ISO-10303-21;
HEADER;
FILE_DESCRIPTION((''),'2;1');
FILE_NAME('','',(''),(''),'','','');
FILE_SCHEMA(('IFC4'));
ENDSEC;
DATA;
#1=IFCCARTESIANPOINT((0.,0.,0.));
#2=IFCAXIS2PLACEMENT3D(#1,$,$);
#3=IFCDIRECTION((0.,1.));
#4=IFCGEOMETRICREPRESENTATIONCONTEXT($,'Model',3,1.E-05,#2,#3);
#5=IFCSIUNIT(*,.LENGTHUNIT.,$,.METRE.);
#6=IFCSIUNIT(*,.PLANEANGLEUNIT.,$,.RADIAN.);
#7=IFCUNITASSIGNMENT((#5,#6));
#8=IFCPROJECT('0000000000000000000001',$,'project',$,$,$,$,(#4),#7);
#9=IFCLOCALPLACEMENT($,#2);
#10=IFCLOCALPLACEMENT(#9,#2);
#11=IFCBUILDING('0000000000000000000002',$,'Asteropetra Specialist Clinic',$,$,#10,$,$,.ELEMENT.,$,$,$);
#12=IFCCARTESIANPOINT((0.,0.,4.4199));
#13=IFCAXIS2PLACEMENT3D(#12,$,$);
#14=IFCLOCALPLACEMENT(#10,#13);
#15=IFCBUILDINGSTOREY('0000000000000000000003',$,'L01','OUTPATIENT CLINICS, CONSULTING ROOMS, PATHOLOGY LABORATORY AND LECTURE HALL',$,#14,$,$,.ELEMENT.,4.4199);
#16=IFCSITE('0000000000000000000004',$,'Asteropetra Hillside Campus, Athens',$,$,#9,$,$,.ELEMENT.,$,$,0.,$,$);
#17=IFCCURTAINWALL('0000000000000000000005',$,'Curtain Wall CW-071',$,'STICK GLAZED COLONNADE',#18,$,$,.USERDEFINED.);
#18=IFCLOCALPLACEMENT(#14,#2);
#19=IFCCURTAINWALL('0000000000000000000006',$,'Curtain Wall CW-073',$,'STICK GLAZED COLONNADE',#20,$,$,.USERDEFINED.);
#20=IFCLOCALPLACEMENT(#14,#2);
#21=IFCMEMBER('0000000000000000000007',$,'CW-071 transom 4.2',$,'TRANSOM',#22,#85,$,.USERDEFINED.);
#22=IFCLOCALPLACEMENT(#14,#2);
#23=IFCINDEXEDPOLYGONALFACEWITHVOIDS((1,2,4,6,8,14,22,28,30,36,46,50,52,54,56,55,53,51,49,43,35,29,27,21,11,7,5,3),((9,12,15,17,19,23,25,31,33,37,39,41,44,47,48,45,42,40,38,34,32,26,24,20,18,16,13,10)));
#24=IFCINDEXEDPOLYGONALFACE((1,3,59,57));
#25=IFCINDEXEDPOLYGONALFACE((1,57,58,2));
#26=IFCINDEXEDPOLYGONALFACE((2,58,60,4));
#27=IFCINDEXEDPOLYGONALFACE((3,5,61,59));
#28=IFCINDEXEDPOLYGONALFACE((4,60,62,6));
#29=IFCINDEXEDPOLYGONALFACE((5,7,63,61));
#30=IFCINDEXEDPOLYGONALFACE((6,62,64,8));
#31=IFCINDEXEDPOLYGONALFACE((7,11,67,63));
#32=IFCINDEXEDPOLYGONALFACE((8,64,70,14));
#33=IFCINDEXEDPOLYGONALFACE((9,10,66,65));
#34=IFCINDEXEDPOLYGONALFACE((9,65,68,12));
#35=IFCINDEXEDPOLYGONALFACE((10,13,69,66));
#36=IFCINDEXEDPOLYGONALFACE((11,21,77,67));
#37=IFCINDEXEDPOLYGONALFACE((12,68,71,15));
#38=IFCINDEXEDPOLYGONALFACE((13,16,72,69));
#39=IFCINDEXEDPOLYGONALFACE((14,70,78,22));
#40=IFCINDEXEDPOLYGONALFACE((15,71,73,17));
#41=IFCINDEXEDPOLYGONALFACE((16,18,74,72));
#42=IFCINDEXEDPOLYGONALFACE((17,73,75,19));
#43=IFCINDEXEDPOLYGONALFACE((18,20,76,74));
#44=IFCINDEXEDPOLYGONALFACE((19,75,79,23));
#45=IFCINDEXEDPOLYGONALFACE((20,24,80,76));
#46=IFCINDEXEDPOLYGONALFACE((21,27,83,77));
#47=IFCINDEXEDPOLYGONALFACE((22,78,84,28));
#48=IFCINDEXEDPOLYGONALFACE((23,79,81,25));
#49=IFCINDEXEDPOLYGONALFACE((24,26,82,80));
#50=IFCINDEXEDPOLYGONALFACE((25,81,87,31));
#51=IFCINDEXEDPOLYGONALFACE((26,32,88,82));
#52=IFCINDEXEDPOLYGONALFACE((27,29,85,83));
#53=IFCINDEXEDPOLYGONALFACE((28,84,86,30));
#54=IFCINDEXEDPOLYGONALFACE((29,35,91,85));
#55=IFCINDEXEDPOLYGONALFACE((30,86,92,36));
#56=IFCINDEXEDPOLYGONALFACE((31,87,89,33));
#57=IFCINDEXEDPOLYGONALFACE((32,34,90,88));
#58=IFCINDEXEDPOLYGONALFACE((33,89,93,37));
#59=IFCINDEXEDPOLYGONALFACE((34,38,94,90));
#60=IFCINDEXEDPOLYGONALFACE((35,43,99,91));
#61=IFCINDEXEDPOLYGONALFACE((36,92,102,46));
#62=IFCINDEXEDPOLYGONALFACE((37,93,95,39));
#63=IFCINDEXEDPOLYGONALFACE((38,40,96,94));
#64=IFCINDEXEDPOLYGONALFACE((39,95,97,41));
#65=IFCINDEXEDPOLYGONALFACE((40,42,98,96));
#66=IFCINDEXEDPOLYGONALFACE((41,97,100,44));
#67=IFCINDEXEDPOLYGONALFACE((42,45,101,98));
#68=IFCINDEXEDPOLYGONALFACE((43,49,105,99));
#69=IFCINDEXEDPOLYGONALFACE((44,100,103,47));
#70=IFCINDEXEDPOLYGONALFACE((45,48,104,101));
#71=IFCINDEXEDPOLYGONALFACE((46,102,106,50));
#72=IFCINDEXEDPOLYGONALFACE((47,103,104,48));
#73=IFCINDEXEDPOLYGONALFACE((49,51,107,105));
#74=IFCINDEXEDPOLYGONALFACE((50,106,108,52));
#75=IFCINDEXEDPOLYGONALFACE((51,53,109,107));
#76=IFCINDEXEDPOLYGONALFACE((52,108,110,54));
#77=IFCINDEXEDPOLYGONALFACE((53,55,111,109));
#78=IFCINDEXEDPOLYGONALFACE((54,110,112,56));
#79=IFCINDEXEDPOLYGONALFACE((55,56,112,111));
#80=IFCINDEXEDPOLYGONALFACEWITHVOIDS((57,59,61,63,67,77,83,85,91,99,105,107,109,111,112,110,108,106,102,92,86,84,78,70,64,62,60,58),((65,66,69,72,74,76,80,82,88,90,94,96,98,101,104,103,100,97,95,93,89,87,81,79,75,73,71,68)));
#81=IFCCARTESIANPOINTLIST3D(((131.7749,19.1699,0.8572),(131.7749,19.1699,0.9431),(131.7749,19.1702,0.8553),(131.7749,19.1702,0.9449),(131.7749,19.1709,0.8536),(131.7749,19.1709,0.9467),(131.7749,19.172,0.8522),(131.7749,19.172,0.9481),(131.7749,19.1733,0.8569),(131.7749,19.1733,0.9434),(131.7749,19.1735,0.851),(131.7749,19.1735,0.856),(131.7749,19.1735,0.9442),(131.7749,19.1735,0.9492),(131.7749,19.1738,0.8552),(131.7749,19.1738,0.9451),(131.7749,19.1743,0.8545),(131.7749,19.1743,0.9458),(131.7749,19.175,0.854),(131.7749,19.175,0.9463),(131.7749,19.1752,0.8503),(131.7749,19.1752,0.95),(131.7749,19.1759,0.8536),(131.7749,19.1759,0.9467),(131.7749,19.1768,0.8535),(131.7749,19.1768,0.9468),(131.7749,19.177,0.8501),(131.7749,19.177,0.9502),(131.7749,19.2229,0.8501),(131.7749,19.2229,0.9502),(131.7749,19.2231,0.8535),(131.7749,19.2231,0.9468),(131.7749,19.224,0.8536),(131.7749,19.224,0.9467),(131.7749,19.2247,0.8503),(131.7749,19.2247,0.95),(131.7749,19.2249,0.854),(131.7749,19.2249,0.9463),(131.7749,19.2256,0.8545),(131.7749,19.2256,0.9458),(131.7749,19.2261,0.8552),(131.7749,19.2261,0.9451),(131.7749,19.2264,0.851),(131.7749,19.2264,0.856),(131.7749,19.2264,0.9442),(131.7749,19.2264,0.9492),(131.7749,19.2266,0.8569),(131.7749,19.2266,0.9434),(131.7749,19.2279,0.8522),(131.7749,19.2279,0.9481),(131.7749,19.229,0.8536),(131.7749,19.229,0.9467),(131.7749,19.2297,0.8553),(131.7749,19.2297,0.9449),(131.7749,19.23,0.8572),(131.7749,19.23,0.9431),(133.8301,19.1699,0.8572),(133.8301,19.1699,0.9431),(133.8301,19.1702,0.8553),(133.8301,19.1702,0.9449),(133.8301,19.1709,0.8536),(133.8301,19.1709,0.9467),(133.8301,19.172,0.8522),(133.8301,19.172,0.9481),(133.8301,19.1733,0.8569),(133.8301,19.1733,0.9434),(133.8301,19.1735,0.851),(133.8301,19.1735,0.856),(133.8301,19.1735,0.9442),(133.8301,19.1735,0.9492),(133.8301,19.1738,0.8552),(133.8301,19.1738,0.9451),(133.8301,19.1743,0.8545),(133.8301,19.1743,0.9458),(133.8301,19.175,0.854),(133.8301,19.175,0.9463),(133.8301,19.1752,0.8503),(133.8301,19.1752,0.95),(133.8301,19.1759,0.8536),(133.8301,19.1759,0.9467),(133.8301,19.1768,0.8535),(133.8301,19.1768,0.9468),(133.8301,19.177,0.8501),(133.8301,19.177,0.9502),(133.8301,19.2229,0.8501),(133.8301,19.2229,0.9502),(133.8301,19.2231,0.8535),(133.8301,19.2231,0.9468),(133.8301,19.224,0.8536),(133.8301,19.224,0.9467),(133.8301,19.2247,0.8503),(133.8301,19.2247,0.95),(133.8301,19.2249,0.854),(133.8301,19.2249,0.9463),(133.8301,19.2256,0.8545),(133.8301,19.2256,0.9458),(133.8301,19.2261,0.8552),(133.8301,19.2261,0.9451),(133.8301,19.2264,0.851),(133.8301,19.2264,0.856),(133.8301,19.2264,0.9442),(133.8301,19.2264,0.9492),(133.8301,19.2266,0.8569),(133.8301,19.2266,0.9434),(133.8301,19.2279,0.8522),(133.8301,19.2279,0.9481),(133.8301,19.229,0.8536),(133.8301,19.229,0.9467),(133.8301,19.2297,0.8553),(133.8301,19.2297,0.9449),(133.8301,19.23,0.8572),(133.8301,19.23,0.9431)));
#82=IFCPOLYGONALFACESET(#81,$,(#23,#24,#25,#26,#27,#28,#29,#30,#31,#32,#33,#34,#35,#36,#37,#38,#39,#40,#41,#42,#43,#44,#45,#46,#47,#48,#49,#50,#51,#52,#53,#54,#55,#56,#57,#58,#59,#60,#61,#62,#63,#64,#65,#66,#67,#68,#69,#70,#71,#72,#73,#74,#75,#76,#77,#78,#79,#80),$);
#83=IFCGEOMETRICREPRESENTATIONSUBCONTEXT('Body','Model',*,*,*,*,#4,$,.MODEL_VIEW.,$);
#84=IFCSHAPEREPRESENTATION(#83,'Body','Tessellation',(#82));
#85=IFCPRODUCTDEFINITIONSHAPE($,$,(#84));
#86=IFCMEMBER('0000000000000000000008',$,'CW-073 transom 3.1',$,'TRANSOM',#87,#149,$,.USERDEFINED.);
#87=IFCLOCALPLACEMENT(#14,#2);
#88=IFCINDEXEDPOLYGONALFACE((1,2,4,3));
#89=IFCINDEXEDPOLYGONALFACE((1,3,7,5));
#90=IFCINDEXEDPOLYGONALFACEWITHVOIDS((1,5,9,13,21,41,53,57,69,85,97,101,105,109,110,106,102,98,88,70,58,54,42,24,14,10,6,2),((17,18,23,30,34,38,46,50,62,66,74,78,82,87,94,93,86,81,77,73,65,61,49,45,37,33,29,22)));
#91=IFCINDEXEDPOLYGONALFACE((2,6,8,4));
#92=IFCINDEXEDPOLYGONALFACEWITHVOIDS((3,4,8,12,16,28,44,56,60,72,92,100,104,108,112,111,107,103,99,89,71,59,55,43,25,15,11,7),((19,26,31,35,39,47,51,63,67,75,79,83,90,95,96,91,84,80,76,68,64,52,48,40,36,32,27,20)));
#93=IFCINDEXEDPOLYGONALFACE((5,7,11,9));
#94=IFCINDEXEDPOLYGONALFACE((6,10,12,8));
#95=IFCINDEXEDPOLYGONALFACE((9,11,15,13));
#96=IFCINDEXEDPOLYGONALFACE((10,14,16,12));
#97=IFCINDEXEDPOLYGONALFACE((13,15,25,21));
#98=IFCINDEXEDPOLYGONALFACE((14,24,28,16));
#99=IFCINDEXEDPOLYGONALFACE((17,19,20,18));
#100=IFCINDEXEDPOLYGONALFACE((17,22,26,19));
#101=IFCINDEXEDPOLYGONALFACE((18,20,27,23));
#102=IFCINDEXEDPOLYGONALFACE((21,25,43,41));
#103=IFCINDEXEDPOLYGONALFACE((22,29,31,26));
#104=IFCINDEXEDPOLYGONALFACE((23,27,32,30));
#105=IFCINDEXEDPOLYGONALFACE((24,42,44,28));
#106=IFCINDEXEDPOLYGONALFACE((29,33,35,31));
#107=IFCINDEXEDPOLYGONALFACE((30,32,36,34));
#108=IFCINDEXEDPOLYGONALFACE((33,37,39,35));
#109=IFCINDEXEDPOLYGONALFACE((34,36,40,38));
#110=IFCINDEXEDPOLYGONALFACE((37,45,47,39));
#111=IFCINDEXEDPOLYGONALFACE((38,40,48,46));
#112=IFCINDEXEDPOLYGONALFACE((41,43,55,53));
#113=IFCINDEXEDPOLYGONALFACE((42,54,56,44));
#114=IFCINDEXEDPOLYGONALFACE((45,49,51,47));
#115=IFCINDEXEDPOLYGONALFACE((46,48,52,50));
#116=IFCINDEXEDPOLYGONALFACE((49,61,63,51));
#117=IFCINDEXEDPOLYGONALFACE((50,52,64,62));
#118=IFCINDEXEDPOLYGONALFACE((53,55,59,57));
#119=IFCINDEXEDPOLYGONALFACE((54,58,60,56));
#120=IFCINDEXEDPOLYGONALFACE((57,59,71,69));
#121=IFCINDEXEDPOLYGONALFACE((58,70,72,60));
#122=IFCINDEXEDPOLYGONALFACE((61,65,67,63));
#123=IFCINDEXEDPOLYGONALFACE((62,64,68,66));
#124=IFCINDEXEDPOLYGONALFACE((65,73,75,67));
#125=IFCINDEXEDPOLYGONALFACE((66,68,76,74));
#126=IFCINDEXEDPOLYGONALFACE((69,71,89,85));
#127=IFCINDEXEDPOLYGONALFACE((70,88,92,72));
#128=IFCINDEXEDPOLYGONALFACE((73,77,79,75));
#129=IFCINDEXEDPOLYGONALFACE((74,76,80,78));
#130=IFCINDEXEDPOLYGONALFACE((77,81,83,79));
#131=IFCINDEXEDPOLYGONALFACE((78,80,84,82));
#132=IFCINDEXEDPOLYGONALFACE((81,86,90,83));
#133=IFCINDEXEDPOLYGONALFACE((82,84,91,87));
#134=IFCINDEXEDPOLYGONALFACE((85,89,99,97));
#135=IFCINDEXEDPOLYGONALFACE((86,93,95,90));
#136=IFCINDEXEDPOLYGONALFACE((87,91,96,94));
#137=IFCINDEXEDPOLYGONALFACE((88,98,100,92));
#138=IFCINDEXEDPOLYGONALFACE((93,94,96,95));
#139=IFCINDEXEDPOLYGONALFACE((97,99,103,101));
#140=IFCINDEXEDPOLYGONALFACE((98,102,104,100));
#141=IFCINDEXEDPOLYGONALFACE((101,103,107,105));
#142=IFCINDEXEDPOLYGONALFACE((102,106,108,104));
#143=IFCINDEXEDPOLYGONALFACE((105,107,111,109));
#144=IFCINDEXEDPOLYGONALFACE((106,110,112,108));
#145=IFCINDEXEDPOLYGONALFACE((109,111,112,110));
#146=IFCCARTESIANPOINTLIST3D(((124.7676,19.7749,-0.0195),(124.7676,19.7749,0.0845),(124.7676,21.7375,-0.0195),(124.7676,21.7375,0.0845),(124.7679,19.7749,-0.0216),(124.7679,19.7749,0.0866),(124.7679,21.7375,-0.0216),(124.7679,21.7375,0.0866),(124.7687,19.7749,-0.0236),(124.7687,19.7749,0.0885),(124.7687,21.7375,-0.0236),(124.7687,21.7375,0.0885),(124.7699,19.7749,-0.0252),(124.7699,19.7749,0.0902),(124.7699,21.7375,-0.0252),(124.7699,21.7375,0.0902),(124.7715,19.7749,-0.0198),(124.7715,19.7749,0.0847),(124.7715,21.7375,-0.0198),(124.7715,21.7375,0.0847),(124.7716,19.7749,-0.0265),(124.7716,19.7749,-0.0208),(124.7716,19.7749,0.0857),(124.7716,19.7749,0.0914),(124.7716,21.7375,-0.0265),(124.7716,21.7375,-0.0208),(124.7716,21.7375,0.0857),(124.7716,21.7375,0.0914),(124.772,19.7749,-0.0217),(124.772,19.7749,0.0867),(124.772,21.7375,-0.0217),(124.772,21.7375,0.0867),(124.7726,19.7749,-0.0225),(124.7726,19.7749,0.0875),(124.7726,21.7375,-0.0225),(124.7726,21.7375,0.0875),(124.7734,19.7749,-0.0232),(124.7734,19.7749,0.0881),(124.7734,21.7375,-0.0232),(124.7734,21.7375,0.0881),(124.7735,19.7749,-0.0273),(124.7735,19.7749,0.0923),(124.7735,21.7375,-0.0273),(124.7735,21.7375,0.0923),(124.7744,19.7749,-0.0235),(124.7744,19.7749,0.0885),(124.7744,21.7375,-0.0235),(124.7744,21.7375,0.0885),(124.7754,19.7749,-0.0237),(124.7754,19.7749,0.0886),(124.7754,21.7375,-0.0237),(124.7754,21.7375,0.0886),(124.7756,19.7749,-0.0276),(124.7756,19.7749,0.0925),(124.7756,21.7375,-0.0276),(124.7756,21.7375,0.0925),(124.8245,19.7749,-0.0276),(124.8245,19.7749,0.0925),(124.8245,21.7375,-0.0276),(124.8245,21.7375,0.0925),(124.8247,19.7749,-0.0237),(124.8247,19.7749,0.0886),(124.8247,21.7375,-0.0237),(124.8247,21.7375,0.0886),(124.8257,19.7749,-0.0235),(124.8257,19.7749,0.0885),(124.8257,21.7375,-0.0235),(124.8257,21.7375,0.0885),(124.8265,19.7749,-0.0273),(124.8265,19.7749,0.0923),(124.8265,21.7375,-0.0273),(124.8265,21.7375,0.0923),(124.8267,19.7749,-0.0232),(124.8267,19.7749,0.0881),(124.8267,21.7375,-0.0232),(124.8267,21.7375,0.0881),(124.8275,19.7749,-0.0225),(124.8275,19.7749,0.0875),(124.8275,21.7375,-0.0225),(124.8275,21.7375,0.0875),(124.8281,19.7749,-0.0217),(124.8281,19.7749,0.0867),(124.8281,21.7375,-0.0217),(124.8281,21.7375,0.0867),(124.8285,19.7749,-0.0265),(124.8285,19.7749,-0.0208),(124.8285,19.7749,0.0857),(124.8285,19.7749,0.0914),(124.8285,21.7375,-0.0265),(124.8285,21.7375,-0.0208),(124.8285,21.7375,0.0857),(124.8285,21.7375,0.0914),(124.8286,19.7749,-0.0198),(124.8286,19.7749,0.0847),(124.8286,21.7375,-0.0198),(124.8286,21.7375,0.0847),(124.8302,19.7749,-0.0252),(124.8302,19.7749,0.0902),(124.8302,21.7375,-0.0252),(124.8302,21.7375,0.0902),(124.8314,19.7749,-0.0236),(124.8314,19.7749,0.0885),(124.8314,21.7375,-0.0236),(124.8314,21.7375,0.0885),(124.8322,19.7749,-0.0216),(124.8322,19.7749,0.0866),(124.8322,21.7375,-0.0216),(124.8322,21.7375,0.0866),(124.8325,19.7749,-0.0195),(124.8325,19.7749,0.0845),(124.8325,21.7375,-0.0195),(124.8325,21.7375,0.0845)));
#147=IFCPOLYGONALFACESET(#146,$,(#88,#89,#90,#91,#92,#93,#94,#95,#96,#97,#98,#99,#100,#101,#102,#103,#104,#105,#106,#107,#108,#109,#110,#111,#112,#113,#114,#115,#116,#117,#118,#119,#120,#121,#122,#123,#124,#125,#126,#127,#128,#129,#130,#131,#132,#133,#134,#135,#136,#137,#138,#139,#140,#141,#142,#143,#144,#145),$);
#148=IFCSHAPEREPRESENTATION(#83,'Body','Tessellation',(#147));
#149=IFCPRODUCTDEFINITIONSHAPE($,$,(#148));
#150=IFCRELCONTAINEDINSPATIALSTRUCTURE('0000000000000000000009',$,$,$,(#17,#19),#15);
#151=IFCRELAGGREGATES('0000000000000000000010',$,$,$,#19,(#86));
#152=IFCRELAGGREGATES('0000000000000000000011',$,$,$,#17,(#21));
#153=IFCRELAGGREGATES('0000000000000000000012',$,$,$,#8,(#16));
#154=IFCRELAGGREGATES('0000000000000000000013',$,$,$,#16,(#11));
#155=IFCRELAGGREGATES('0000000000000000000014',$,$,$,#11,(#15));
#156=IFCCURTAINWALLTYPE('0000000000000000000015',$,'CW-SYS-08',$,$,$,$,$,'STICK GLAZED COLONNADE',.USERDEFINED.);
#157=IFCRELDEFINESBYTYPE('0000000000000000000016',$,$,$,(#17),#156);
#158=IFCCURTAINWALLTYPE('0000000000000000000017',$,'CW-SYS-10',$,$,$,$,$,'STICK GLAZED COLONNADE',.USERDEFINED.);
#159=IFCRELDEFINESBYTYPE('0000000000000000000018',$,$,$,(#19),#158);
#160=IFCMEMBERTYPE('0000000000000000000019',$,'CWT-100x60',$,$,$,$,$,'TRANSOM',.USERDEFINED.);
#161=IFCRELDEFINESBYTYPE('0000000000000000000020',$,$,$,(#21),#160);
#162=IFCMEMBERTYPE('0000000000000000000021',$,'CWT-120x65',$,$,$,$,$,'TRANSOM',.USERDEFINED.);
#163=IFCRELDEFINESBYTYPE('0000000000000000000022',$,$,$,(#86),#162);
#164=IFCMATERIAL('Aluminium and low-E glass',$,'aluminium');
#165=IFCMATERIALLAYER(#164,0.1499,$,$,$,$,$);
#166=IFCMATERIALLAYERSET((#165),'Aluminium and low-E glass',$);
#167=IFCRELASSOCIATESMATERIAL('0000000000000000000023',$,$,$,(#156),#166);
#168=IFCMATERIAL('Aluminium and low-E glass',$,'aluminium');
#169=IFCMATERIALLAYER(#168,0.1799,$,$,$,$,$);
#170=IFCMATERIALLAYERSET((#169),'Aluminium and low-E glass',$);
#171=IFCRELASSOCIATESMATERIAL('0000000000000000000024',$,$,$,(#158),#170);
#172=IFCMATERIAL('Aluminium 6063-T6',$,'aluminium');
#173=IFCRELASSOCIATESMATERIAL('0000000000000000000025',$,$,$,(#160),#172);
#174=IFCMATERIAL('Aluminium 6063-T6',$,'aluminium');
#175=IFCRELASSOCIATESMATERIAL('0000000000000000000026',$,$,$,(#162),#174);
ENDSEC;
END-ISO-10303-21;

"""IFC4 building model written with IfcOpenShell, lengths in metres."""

from ifc_helpers import new_model, si_unit, direction, frame, origin, origin_2d, place, context, subcontext, project, spatial, hollow_rectangle, extrude, material, layer, layer_set, material_profile, profile_set, type_object, element, aggregate, save


model = new_model("IFC4")

# Units and contexts
model_context = context("Model", 3, precision=1e-05, world=origin(), true_north=direction((0.0, 1.0)))
body_context = subcontext(model_context, "Body", "Model", "MODEL_VIEW")
ifc_project = project(units=[si_unit("LENGTHUNIT", "METRE"), si_unit("PLANEANGLEUNIT", "RADIAN")], contexts=[model_context])

# Site, building, storey
site_placement = place(None, origin())
site = spatial("IfcSite", under=ifc_project, at=site_placement, Name="Asteropetra Hillside Campus, Athens", CompositionType="ELEMENT", RefElevation=0.0)
building_placement = place(site_placement, origin())
building = spatial("IfcBuilding", under=site, at=building_placement, Name="Asteropetra Specialist Clinic", CompositionType="ELEMENT")
storey_placement = place(building_placement, frame((0.0, 0.0, 4.4199)))
storey = spatial("IfcBuildingStorey", under=building, at=storey_placement, Name="L01", Description="OUTPATIENT CLINICS, CONSULTING ROOMS, PATHOLOGY LABORATORY AND LECTURE HALL", CompositionType="ELEMENT", Elevation=4.4199)

# Curtain wall
ifc_material_1 = material(Name="Aluminium and low-E glass", Category="aluminium")
ifc_layer_1 = layer(ifc_material_1, 0.1499)
ifc_layer_set_1 = layer_set([ifc_layer_1], Name="Aluminium and low-E glass")
curtain_wall_type_1 = type_object("IfcCurtainWallType", Name="CW-SYS-08", ElementType="STICK GLAZED COLONNADE", PredefinedType="USERDEFINED", material=ifc_layer_set_1)
curtain_wall_1_placement = place(storey_placement, origin())
curtain_wall_1 = element("IfcCurtainWall", 1, at=curtain_wall_1_placement, inside=storey, type_object=curtain_wall_type_1, Name="Curtain Wall CW-071", ObjectType="STICK GLAZED COLONNADE", PredefinedType="USERDEFINED")

# Curtain wall
ifc_material_2 = material(Name="Aluminium and low-E glass", Category="aluminium")
ifc_layer_2 = layer(ifc_material_2, 0.1799)
ifc_layer_set_2 = layer_set([ifc_layer_2], Name="Aluminium and low-E glass")
curtain_wall_type_2 = type_object("IfcCurtainWallType", Name="CW-SYS-10", ElementType="STICK GLAZED COLONNADE", PredefinedType="USERDEFINED", material=ifc_layer_set_2)
curtain_wall_2_placement = place(storey_placement, origin())
curtain_wall_2 = element("IfcCurtainWall", 2, at=curtain_wall_2_placement, inside=storey, type_object=curtain_wall_type_2, Name="Curtain Wall CW-073", ObjectType="STICK GLAZED COLONNADE", PredefinedType="USERDEFINED")

# Members
ifc_material_3 = material(Name="Aluminium 6063-T6", Category="aluminium")
ifc_material_profile_1 = material_profile(ifc_material_3, hollow_rectangle(XDim=0.0601, YDim=0.1001, WallThickness=0.0034, InnerFilletRadius=0.0034, OuterFilletRadius=0.0071, at=origin_2d()), Name="TRN 100x60x3.5")
ifc_profile_set_1 = profile_set([ifc_material_profile_1], Name="Aluminium 6063-T6")
member_type_1 = type_object("IfcMemberType", Name="CWT-100x60", ElementType="TRANSOM", PredefinedType="USERDEFINED", material=ifc_profile_set_1)
member_1_placement = place(storey_placement, frame((131.7749, 19.2, 0.9001), z_axis=(1.0, 0.0, 0.0), x_axis=(0.0, 1.0, 0.0)))
member_1 = element("IfcMember", 3, at=member_1_placement, type_object=member_type_1, Name="CW-071 transom 4.2", ObjectType="TRANSOM", PredefinedType="USERDEFINED", context=body_context, shape_type="SweptSolid", body=[
    extrude(hollow_rectangle(XDim=0.0601, YDim=0.1001, WallThickness=0.0034, InnerFilletRadius=0.0034, OuterFilletRadius=0.0071, at=origin_2d()), origin(), (0.0, 0.0, 1.0), 2.0552),
])
ifc_material_4 = material(Name="Aluminium 6063-T6", Category="aluminium")
ifc_material_profile_2 = material_profile(ifc_material_4, hollow_rectangle(XDim=0.0649, YDim=0.1201, WallThickness=0.0039, InnerFilletRadius=0.0039, OuterFilletRadius=0.0081, at=origin_2d()), Name="TRN 120x65x4.0")
ifc_profile_set_2 = profile_set([ifc_material_profile_2], Name="Aluminium 6063-T6")
member_type_2 = type_object("IfcMemberType", Name="CWT-120x65", ElementType="TRANSOM", PredefinedType="USERDEFINED", material=ifc_profile_set_2)
member_2_placement = place(storey_placement, frame((124.8, 21.7375, 0.0325), z_axis=(0.0, -1.0, 0.0), x_axis=(1.0, 0.0, 0.0)))
member_2 = element("IfcMember", 4, at=member_2_placement, type_object=member_type_2, Name="CW-073 transom 3.1", ObjectType="TRANSOM", PredefinedType="USERDEFINED", context=body_context, shape_type="SweptSolid", body=[
    extrude(hollow_rectangle(XDim=0.0649, YDim=0.1201, WallThickness=0.0039, InnerFilletRadius=0.0039, OuterFilletRadius=0.0081, at=origin_2d()), origin(), (0.0, 0.0, 1.0), 1.9626),
])

aggregate(curtain_wall_2, [member_2])
aggregate(curtain_wall_1, [member_1])

save(model, "model.ifc")
